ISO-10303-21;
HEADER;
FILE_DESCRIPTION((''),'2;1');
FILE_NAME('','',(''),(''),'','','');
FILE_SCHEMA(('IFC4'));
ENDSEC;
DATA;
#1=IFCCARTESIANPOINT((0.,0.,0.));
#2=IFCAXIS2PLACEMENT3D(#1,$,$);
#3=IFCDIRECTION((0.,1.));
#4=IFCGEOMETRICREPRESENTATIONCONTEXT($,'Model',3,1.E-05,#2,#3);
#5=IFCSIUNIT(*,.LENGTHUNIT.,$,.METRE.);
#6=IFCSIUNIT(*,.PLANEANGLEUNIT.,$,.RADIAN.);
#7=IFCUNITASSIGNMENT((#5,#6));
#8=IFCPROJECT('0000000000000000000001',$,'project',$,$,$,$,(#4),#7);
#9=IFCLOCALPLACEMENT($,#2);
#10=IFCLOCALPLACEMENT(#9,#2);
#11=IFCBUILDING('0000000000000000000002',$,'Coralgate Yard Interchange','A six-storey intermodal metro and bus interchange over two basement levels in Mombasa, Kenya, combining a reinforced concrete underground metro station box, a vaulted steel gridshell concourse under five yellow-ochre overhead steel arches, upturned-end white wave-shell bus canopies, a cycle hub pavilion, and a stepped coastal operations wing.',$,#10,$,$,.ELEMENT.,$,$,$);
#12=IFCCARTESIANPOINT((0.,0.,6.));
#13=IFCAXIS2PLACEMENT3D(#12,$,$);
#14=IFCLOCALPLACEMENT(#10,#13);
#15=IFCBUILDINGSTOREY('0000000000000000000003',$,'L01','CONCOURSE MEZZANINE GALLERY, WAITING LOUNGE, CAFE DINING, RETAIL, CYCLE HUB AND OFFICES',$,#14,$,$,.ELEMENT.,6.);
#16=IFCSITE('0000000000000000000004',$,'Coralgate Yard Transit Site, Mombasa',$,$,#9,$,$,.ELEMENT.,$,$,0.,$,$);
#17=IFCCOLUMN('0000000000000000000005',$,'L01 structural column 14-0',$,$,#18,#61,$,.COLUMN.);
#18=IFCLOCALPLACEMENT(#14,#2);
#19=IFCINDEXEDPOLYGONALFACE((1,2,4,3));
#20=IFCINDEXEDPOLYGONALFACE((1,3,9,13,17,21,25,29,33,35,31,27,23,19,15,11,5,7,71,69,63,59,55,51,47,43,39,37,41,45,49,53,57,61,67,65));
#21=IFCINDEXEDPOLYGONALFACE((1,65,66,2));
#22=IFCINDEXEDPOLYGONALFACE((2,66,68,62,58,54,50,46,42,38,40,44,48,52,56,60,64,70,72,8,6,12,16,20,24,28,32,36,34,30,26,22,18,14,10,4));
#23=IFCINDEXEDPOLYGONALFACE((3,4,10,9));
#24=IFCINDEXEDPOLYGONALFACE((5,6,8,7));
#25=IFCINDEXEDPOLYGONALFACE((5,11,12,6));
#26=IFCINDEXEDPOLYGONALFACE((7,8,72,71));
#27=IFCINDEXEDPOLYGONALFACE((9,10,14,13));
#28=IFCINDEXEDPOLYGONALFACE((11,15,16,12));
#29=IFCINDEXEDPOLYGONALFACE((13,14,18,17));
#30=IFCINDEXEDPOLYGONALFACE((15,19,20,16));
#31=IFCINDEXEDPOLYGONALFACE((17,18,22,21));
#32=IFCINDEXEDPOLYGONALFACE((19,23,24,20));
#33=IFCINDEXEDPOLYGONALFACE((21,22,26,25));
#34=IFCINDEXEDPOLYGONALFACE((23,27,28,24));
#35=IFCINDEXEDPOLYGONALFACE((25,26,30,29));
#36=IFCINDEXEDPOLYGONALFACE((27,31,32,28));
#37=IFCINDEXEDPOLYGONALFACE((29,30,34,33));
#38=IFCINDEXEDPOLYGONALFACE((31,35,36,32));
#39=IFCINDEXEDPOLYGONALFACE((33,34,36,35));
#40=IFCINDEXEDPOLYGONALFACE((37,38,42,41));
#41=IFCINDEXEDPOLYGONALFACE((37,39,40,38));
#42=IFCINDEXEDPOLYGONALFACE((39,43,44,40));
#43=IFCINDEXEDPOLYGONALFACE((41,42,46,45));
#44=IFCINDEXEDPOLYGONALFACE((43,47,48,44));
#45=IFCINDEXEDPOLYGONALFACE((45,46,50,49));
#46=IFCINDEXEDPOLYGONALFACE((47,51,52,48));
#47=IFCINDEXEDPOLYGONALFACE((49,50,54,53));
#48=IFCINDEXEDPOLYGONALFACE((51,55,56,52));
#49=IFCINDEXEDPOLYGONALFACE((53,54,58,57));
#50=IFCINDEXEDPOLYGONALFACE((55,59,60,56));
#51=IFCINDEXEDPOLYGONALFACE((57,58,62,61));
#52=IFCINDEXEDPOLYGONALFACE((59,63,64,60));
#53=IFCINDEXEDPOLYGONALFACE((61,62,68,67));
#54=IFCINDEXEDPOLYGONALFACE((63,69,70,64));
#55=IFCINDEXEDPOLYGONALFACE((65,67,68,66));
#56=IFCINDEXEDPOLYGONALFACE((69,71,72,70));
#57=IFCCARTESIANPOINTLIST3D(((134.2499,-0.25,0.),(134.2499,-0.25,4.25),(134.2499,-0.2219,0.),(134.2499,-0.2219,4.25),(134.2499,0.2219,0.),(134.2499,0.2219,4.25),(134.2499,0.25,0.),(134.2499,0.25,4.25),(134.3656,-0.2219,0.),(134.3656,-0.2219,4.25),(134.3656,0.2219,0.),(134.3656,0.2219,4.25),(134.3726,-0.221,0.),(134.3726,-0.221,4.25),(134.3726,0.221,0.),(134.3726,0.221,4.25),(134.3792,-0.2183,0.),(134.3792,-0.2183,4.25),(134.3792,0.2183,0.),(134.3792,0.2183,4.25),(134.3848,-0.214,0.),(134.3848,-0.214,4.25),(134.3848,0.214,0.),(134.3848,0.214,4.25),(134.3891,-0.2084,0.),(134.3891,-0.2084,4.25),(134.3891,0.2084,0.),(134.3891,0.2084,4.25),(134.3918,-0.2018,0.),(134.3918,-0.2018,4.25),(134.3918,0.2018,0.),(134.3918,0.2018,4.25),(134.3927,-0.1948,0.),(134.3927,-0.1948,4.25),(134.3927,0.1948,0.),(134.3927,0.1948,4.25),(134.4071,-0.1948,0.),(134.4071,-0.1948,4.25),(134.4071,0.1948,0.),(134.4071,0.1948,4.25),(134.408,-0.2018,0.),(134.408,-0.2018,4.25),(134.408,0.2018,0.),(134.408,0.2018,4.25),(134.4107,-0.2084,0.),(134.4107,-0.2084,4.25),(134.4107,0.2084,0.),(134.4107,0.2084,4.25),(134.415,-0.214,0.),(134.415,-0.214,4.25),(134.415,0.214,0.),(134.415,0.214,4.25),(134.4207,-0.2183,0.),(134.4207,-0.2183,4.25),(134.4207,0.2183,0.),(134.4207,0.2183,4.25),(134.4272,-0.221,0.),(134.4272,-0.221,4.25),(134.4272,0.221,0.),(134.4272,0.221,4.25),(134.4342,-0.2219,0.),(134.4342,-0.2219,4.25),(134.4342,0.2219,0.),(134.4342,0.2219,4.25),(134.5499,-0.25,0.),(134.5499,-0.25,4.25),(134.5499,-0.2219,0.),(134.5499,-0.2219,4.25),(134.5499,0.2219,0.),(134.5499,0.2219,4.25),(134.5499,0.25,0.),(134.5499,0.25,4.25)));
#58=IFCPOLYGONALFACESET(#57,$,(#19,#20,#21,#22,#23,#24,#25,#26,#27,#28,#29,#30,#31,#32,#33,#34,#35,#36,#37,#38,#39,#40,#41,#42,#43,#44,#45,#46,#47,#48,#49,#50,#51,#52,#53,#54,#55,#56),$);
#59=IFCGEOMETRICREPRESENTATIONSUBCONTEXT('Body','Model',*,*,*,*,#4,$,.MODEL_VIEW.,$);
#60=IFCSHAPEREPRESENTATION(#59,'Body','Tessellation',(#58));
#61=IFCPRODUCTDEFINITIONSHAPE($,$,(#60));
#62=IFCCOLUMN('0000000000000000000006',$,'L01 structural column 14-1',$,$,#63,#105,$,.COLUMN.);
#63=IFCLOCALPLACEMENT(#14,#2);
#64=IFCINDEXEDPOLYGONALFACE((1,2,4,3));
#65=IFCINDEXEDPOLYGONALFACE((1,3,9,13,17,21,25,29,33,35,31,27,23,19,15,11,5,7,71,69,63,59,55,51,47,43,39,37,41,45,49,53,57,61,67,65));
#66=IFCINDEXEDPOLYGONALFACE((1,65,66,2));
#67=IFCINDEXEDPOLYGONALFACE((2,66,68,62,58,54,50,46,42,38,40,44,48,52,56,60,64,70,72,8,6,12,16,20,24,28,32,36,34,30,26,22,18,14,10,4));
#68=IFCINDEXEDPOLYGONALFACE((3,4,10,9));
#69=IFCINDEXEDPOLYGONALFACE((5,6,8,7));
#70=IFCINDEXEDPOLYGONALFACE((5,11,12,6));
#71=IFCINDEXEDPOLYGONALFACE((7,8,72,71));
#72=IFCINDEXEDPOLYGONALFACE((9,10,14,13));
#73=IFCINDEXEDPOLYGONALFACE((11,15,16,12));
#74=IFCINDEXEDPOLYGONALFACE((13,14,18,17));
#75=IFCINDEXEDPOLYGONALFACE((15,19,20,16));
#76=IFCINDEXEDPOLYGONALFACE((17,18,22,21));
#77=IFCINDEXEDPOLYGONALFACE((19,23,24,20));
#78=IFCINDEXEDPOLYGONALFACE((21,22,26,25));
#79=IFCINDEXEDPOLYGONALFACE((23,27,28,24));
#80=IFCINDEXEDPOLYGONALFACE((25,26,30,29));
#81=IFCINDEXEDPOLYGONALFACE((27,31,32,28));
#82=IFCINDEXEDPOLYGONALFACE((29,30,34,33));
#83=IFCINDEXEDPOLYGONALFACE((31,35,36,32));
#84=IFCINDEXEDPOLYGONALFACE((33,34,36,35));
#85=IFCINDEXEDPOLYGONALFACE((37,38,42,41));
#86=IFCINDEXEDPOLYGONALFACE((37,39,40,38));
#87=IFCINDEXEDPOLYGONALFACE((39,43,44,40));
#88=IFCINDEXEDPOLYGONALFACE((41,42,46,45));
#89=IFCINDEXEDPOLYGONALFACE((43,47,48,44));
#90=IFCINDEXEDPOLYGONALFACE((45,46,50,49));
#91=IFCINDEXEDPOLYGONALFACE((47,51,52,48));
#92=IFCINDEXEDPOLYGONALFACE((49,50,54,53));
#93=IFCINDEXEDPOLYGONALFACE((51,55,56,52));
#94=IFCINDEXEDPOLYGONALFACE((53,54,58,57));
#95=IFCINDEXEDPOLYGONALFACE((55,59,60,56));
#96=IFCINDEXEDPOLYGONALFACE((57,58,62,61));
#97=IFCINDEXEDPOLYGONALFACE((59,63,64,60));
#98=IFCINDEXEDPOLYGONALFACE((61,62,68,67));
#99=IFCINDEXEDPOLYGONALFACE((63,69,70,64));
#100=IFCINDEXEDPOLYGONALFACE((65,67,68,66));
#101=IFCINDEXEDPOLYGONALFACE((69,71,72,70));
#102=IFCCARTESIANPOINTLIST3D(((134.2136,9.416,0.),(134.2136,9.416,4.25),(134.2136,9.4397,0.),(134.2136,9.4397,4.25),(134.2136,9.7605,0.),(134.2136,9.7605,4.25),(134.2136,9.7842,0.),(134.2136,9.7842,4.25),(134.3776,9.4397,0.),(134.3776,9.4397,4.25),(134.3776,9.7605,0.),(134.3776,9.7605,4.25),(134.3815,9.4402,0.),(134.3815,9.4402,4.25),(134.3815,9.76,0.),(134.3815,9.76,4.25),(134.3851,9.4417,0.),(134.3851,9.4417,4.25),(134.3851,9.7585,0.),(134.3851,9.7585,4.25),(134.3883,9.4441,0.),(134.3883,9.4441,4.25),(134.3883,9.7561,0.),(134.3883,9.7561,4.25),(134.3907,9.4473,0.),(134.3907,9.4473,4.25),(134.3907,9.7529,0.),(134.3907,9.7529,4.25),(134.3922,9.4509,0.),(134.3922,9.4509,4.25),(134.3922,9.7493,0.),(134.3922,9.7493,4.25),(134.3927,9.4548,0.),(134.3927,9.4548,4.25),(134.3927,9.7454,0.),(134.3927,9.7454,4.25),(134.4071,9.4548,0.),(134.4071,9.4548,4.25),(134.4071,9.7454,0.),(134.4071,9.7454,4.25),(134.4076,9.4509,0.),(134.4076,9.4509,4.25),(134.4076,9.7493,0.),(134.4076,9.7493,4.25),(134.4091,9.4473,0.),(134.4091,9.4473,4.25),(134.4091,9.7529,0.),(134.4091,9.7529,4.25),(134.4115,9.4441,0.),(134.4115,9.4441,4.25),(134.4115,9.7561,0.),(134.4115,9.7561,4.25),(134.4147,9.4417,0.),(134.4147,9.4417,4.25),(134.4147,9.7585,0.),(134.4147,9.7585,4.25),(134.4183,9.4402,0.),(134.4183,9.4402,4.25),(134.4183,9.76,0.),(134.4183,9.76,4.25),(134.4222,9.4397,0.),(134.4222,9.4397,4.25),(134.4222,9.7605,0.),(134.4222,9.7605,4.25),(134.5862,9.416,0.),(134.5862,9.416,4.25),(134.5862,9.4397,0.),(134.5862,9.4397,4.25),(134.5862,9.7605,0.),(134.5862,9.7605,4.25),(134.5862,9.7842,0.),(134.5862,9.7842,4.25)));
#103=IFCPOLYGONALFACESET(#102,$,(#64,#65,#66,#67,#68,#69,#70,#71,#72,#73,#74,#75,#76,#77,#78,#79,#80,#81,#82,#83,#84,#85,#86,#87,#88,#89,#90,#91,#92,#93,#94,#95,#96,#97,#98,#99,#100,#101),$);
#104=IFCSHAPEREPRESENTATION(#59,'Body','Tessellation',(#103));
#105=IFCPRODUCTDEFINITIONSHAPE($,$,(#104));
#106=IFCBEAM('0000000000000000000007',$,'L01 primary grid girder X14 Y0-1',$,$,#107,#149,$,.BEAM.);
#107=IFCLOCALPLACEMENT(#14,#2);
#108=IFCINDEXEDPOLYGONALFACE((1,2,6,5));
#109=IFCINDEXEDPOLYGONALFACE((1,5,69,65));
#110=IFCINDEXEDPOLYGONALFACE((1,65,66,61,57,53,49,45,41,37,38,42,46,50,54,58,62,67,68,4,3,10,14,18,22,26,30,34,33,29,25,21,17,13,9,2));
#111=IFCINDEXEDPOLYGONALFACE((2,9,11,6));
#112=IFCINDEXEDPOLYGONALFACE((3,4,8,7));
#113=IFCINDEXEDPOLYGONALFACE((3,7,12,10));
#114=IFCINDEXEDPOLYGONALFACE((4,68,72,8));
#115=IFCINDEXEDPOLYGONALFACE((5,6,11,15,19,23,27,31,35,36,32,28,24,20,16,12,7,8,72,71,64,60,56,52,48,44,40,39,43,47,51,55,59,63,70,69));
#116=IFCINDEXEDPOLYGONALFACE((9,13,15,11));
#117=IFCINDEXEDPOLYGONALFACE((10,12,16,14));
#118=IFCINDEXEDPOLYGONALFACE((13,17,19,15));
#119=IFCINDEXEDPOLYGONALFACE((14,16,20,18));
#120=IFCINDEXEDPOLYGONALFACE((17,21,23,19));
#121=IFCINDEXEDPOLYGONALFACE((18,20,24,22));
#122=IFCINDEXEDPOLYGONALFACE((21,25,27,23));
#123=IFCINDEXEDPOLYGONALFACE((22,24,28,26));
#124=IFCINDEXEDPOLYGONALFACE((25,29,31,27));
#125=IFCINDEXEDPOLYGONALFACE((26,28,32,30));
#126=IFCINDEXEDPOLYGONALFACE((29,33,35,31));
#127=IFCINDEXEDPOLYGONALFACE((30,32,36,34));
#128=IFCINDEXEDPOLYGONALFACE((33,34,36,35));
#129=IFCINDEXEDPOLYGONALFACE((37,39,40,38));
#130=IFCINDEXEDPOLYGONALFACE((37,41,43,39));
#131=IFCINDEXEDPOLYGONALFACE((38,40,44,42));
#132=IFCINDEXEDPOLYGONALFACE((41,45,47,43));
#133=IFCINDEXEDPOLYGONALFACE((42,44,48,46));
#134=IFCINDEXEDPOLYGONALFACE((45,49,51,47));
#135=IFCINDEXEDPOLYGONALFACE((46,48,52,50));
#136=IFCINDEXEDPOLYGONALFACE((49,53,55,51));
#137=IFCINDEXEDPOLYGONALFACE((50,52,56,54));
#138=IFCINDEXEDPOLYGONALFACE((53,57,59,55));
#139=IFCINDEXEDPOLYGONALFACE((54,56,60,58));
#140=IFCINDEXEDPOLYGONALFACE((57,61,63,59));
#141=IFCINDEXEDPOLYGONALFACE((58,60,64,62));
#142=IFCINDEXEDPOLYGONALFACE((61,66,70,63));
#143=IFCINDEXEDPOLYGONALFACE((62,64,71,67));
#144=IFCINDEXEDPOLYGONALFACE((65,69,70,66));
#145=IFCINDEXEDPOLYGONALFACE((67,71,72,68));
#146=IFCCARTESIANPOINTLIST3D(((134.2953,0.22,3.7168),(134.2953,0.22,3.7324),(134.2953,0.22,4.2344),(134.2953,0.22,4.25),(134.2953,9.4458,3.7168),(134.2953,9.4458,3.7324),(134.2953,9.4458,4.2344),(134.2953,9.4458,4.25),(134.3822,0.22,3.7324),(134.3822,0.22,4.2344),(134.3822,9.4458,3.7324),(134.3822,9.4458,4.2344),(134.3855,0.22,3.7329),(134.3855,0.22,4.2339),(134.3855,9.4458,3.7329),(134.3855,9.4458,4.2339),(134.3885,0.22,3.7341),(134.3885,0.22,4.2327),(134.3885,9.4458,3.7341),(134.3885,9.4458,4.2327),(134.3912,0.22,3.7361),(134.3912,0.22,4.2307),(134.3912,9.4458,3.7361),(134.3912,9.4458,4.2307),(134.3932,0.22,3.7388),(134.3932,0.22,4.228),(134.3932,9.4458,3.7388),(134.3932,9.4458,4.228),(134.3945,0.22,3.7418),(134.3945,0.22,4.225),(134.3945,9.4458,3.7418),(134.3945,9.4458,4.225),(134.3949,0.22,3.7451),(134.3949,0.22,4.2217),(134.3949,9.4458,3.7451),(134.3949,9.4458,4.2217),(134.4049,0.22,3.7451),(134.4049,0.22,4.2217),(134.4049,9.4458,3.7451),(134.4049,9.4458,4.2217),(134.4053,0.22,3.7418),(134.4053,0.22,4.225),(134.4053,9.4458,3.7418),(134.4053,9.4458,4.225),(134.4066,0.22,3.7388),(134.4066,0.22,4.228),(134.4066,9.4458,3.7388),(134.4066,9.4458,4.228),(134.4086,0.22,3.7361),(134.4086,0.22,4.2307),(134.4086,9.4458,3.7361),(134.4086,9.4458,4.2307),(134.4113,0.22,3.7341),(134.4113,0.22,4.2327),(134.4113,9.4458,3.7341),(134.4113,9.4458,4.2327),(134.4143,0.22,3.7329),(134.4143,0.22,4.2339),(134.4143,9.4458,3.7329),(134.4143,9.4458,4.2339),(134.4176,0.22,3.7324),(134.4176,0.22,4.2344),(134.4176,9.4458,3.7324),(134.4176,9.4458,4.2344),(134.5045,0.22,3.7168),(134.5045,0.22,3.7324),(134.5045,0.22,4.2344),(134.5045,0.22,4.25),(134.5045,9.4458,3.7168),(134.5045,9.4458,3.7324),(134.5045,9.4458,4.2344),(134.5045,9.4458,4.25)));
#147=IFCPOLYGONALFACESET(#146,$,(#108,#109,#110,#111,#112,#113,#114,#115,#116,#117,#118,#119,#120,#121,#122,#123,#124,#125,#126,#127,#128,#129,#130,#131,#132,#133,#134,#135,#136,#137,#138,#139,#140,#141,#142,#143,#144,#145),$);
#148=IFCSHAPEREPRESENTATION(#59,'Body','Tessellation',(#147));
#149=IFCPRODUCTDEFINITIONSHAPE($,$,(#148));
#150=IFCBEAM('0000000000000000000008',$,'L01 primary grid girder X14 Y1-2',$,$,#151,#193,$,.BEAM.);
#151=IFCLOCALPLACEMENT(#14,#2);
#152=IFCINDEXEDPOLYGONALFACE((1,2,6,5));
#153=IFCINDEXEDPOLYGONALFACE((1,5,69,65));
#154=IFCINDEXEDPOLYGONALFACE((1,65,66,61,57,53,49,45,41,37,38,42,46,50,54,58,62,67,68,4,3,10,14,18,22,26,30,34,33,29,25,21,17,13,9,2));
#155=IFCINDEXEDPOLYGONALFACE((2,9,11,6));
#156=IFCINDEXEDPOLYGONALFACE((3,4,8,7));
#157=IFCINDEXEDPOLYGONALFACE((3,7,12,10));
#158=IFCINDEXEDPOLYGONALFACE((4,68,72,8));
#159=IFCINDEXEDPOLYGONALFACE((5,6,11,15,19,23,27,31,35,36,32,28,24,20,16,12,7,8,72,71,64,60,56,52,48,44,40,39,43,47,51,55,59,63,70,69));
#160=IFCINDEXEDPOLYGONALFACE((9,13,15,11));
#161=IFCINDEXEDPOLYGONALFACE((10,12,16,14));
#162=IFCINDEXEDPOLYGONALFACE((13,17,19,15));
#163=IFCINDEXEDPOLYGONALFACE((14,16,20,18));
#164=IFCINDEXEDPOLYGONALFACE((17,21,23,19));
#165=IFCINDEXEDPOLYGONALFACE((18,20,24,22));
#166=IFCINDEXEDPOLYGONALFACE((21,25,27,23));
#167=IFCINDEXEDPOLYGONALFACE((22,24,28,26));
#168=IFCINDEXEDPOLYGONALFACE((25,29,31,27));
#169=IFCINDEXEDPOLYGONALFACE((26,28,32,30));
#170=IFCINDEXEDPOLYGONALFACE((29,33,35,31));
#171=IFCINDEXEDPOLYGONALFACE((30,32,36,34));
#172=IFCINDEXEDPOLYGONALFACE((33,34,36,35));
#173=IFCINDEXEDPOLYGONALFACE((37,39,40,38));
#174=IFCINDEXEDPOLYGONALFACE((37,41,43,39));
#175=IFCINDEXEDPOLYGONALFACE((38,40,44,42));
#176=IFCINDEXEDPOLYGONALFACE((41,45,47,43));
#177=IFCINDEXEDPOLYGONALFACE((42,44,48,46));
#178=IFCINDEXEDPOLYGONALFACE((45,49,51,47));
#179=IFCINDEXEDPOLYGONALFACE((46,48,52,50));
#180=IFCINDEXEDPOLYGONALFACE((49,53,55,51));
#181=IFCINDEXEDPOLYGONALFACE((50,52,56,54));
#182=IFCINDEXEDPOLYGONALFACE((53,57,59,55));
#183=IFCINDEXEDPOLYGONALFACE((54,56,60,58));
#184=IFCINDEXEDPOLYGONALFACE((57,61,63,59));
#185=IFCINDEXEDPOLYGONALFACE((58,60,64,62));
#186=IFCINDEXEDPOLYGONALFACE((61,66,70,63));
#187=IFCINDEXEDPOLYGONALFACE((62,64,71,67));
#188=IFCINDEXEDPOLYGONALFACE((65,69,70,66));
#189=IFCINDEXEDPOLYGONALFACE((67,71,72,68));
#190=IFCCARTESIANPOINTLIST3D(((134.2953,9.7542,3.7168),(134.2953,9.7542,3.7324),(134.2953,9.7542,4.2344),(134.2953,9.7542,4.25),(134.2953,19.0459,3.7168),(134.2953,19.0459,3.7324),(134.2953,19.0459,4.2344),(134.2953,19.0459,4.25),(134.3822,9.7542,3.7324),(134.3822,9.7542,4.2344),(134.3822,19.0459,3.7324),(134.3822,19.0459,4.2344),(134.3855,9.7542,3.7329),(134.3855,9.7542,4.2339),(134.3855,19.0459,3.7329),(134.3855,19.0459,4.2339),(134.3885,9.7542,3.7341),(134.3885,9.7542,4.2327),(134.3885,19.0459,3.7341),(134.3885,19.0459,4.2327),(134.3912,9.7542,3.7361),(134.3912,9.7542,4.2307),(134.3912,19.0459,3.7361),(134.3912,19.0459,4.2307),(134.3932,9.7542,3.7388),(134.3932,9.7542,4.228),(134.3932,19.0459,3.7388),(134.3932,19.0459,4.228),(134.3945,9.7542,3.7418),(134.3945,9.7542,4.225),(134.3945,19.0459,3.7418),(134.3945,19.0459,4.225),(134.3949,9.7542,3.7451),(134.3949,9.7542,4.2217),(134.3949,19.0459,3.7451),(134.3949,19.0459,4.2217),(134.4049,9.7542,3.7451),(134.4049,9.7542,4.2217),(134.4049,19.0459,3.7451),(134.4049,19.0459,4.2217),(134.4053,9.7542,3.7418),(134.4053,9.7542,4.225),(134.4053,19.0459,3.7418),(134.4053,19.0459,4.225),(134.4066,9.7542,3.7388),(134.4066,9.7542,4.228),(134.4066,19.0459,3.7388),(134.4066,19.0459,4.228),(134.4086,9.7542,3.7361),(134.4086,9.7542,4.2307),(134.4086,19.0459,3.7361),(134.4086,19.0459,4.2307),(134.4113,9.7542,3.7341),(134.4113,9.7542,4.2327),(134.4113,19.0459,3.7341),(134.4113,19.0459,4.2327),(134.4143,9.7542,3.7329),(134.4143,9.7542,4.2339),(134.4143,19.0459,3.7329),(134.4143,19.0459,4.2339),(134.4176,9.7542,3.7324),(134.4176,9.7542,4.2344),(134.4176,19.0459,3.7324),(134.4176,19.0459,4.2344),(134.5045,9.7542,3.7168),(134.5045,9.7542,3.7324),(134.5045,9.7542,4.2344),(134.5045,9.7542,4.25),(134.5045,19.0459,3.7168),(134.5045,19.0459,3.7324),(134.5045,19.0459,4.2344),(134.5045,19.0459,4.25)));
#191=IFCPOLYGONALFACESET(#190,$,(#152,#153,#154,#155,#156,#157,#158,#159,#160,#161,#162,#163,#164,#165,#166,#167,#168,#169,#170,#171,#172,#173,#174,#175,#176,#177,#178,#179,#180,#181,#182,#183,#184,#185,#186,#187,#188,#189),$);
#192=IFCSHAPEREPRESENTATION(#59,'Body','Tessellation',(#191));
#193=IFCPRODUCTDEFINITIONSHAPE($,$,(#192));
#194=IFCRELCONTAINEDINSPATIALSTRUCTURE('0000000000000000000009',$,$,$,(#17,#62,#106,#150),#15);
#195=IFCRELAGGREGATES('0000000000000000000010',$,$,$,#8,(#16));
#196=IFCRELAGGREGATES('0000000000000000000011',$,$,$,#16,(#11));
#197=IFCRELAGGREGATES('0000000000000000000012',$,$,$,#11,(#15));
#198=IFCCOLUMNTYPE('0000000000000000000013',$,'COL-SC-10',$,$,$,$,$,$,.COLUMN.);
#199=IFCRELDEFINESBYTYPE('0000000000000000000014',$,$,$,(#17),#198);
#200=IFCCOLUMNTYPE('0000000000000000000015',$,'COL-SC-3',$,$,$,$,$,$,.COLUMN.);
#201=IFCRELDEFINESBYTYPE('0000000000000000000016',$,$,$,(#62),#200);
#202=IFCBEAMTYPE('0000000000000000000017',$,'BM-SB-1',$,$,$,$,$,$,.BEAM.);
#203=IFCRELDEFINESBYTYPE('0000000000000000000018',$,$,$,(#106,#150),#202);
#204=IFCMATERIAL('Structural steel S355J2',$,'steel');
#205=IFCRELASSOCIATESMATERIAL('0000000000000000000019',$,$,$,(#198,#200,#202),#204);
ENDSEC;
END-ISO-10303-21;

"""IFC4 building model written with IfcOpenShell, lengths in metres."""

from ifc_helpers import new_model, si_unit, direction, frame, origin, origin_2d, place, context, subcontext, project, spatial, i_section, extrude, material, material_profile, profile_set, type_object, element, save


model = new_model("IFC4")

# Units and contexts
model_context = context("Model", 3, precision=1e-05, world=origin(), true_north=direction((0.0, 1.0)))
body_context = subcontext(model_context, "Body", "Model", "MODEL_VIEW")
ifc_project = project(units=[si_unit("LENGTHUNIT", "METRE"), si_unit("PLANEANGLEUNIT", "RADIAN")], contexts=[model_context])

# Site, building, storey
site_placement = place(None, origin())
site = spatial("IfcSite", under=ifc_project, at=site_placement, Name="Coralgate Yard Transit Site, Mombasa", CompositionType="ELEMENT", RefElevation=0.0)
building_placement = place(site_placement, origin())
building = spatial("IfcBuilding", under=site, at=building_placement, Name="Coralgate Yard Interchange", Description="A six-storey intermodal metro and bus interchange over two basement levels in Mombasa, Kenya, combining a reinforced concrete underground metro station box, a vaulted steel gridshell concourse under five yellow-ochre overhead steel arches, upturned-end white wave-shell bus canopies, a cycle hub pavilion, and a stepped coastal operations wing.", CompositionType="ELEMENT")
storey_placement = place(building_placement, frame((0.0, 0.0, 6.0)))
storey = spatial("IfcBuildingStorey", under=building, at=storey_placement, Name="L01", Description="CONCOURSE MEZZANINE GALLERY, WAITING LOUNGE, CAFE DINING, RETAIL, CYCLE HUB AND OFFICES", CompositionType="ELEMENT", Elevation=6.0)

# Columns
ifc_material_1 = material(Name="Structural steel S355J2", Category="steel")
ifc_material_profile_1 = material_profile(ifc_material_1, i_section(OverallWidth=0.3, OverallDepth=0.5, WebThickness=0.0144, FlangeThickness=0.0281, FilletRadius=0.0271, at=origin_2d()), Name="HEB 500")
ifc_profile_set_1 = profile_set([ifc_material_profile_1], Name="Structural steel S355J2")
column_type_1 = type_object("IfcColumnType", Name="COL-SC-10", PredefinedType="COLUMN", material=ifc_profile_set_1)
column_1_placement = place(storey_placement, frame((134.3999, 0.0, 0.0), z_axis=(0.0, 0.0, 1.0), x_axis=(1.0, 0.0, 0.0)))
element("IfcColumn", 1, at=column_1_placement, inside=storey, type_object=column_type_1, Name="L01 structural column 14-0", PredefinedType="COLUMN", context=body_context, shape_type="SweptSolid", body=[
    extrude(i_section(OverallWidth=0.3, OverallDepth=0.5, WebThickness=0.0144, FlangeThickness=0.0281, FilletRadius=0.0271, at=origin_2d()), origin(), (0.0, 0.0, 1.0), 4.25),
])
ifc_material_profile_2 = material_profile(ifc_material_1, i_section(OverallWidth=0.3726, OverallDepth=0.3682, WebThickness=0.0144, FlangeThickness=0.0237, FilletRadius=0.0151, at=origin_2d()), Name="UC 356x368x177")
ifc_profile_set_2 = profile_set([ifc_material_profile_2], Name="Structural steel S355J2")
column_type_2 = type_object("IfcColumnType", Name="COL-SC-3", PredefinedType="COLUMN", material=ifc_profile_set_2)
column_2_placement = place(storey_placement, frame((134.3999, 9.6001, 0.0), z_axis=(0.0, 0.0, 1.0), x_axis=(1.0, 0.0, 0.0)))
element("IfcColumn", 2, at=column_2_placement, inside=storey, type_object=column_type_2, Name="L01 structural column 14-1", PredefinedType="COLUMN", context=body_context, shape_type="SweptSolid", body=[
    extrude(i_section(OverallWidth=0.3726, OverallDepth=0.3682, WebThickness=0.0144, FlangeThickness=0.0237, FilletRadius=0.0151, at=origin_2d()), origin(), (0.0, 0.0, 1.0), 4.25),
])

# Beams
ifc_material_profile_3 = material_profile(ifc_material_1, i_section(OverallWidth=0.2092, OverallDepth=0.5332, WebThickness=0.01, FlangeThickness=0.0156, FilletRadius=0.0127, at=origin_2d()), Name="UB 533x210x92")
ifc_profile_set_3 = profile_set([ifc_material_profile_3], Name="Structural steel S355J2")
beam_type_1 = type_object("IfcBeamType", Name="BM-SB-1", PredefinedType="BEAM", material=ifc_profile_set_3)
beam_1_placement = place(storey_placement, frame((134.3999, 0.22, 3.9834), z_axis=(0.0, 1.0, 0.0), x_axis=(-1.0, 0.0, 0.0)))
element("IfcBeam", 3, at=beam_1_placement, inside=storey, type_object=beam_type_1, Name="L01 primary grid girder X14 Y0-1", PredefinedType="BEAM", context=body_context, shape_type="SweptSolid", body=[
    extrude(i_section(OverallWidth=0.2092, OverallDepth=0.5332, WebThickness=0.01, FlangeThickness=0.0156, FilletRadius=0.0127, at=origin_2d()), origin(), (0.0, 0.0, 1.0), 9.2258),
])
beam_2_placement = place(storey_placement, frame((134.3999, 9.7542, 3.9834), z_axis=(0.0, 1.0, 0.0), x_axis=(-1.0, 0.0, 0.0)))
element("IfcBeam", 4, at=beam_2_placement, inside=storey, type_object=beam_type_1, Name="L01 primary grid girder X14 Y1-2", PredefinedType="BEAM", context=body_context, shape_type="SweptSolid", body=[
    extrude(i_section(OverallWidth=0.2092, OverallDepth=0.5332, WebThickness=0.01, FlangeThickness=0.0156, FilletRadius=0.0127, at=origin_2d()), origin(), (0.0, 0.0, 1.0), 9.2917),
])

save(model, "model.ifc")
